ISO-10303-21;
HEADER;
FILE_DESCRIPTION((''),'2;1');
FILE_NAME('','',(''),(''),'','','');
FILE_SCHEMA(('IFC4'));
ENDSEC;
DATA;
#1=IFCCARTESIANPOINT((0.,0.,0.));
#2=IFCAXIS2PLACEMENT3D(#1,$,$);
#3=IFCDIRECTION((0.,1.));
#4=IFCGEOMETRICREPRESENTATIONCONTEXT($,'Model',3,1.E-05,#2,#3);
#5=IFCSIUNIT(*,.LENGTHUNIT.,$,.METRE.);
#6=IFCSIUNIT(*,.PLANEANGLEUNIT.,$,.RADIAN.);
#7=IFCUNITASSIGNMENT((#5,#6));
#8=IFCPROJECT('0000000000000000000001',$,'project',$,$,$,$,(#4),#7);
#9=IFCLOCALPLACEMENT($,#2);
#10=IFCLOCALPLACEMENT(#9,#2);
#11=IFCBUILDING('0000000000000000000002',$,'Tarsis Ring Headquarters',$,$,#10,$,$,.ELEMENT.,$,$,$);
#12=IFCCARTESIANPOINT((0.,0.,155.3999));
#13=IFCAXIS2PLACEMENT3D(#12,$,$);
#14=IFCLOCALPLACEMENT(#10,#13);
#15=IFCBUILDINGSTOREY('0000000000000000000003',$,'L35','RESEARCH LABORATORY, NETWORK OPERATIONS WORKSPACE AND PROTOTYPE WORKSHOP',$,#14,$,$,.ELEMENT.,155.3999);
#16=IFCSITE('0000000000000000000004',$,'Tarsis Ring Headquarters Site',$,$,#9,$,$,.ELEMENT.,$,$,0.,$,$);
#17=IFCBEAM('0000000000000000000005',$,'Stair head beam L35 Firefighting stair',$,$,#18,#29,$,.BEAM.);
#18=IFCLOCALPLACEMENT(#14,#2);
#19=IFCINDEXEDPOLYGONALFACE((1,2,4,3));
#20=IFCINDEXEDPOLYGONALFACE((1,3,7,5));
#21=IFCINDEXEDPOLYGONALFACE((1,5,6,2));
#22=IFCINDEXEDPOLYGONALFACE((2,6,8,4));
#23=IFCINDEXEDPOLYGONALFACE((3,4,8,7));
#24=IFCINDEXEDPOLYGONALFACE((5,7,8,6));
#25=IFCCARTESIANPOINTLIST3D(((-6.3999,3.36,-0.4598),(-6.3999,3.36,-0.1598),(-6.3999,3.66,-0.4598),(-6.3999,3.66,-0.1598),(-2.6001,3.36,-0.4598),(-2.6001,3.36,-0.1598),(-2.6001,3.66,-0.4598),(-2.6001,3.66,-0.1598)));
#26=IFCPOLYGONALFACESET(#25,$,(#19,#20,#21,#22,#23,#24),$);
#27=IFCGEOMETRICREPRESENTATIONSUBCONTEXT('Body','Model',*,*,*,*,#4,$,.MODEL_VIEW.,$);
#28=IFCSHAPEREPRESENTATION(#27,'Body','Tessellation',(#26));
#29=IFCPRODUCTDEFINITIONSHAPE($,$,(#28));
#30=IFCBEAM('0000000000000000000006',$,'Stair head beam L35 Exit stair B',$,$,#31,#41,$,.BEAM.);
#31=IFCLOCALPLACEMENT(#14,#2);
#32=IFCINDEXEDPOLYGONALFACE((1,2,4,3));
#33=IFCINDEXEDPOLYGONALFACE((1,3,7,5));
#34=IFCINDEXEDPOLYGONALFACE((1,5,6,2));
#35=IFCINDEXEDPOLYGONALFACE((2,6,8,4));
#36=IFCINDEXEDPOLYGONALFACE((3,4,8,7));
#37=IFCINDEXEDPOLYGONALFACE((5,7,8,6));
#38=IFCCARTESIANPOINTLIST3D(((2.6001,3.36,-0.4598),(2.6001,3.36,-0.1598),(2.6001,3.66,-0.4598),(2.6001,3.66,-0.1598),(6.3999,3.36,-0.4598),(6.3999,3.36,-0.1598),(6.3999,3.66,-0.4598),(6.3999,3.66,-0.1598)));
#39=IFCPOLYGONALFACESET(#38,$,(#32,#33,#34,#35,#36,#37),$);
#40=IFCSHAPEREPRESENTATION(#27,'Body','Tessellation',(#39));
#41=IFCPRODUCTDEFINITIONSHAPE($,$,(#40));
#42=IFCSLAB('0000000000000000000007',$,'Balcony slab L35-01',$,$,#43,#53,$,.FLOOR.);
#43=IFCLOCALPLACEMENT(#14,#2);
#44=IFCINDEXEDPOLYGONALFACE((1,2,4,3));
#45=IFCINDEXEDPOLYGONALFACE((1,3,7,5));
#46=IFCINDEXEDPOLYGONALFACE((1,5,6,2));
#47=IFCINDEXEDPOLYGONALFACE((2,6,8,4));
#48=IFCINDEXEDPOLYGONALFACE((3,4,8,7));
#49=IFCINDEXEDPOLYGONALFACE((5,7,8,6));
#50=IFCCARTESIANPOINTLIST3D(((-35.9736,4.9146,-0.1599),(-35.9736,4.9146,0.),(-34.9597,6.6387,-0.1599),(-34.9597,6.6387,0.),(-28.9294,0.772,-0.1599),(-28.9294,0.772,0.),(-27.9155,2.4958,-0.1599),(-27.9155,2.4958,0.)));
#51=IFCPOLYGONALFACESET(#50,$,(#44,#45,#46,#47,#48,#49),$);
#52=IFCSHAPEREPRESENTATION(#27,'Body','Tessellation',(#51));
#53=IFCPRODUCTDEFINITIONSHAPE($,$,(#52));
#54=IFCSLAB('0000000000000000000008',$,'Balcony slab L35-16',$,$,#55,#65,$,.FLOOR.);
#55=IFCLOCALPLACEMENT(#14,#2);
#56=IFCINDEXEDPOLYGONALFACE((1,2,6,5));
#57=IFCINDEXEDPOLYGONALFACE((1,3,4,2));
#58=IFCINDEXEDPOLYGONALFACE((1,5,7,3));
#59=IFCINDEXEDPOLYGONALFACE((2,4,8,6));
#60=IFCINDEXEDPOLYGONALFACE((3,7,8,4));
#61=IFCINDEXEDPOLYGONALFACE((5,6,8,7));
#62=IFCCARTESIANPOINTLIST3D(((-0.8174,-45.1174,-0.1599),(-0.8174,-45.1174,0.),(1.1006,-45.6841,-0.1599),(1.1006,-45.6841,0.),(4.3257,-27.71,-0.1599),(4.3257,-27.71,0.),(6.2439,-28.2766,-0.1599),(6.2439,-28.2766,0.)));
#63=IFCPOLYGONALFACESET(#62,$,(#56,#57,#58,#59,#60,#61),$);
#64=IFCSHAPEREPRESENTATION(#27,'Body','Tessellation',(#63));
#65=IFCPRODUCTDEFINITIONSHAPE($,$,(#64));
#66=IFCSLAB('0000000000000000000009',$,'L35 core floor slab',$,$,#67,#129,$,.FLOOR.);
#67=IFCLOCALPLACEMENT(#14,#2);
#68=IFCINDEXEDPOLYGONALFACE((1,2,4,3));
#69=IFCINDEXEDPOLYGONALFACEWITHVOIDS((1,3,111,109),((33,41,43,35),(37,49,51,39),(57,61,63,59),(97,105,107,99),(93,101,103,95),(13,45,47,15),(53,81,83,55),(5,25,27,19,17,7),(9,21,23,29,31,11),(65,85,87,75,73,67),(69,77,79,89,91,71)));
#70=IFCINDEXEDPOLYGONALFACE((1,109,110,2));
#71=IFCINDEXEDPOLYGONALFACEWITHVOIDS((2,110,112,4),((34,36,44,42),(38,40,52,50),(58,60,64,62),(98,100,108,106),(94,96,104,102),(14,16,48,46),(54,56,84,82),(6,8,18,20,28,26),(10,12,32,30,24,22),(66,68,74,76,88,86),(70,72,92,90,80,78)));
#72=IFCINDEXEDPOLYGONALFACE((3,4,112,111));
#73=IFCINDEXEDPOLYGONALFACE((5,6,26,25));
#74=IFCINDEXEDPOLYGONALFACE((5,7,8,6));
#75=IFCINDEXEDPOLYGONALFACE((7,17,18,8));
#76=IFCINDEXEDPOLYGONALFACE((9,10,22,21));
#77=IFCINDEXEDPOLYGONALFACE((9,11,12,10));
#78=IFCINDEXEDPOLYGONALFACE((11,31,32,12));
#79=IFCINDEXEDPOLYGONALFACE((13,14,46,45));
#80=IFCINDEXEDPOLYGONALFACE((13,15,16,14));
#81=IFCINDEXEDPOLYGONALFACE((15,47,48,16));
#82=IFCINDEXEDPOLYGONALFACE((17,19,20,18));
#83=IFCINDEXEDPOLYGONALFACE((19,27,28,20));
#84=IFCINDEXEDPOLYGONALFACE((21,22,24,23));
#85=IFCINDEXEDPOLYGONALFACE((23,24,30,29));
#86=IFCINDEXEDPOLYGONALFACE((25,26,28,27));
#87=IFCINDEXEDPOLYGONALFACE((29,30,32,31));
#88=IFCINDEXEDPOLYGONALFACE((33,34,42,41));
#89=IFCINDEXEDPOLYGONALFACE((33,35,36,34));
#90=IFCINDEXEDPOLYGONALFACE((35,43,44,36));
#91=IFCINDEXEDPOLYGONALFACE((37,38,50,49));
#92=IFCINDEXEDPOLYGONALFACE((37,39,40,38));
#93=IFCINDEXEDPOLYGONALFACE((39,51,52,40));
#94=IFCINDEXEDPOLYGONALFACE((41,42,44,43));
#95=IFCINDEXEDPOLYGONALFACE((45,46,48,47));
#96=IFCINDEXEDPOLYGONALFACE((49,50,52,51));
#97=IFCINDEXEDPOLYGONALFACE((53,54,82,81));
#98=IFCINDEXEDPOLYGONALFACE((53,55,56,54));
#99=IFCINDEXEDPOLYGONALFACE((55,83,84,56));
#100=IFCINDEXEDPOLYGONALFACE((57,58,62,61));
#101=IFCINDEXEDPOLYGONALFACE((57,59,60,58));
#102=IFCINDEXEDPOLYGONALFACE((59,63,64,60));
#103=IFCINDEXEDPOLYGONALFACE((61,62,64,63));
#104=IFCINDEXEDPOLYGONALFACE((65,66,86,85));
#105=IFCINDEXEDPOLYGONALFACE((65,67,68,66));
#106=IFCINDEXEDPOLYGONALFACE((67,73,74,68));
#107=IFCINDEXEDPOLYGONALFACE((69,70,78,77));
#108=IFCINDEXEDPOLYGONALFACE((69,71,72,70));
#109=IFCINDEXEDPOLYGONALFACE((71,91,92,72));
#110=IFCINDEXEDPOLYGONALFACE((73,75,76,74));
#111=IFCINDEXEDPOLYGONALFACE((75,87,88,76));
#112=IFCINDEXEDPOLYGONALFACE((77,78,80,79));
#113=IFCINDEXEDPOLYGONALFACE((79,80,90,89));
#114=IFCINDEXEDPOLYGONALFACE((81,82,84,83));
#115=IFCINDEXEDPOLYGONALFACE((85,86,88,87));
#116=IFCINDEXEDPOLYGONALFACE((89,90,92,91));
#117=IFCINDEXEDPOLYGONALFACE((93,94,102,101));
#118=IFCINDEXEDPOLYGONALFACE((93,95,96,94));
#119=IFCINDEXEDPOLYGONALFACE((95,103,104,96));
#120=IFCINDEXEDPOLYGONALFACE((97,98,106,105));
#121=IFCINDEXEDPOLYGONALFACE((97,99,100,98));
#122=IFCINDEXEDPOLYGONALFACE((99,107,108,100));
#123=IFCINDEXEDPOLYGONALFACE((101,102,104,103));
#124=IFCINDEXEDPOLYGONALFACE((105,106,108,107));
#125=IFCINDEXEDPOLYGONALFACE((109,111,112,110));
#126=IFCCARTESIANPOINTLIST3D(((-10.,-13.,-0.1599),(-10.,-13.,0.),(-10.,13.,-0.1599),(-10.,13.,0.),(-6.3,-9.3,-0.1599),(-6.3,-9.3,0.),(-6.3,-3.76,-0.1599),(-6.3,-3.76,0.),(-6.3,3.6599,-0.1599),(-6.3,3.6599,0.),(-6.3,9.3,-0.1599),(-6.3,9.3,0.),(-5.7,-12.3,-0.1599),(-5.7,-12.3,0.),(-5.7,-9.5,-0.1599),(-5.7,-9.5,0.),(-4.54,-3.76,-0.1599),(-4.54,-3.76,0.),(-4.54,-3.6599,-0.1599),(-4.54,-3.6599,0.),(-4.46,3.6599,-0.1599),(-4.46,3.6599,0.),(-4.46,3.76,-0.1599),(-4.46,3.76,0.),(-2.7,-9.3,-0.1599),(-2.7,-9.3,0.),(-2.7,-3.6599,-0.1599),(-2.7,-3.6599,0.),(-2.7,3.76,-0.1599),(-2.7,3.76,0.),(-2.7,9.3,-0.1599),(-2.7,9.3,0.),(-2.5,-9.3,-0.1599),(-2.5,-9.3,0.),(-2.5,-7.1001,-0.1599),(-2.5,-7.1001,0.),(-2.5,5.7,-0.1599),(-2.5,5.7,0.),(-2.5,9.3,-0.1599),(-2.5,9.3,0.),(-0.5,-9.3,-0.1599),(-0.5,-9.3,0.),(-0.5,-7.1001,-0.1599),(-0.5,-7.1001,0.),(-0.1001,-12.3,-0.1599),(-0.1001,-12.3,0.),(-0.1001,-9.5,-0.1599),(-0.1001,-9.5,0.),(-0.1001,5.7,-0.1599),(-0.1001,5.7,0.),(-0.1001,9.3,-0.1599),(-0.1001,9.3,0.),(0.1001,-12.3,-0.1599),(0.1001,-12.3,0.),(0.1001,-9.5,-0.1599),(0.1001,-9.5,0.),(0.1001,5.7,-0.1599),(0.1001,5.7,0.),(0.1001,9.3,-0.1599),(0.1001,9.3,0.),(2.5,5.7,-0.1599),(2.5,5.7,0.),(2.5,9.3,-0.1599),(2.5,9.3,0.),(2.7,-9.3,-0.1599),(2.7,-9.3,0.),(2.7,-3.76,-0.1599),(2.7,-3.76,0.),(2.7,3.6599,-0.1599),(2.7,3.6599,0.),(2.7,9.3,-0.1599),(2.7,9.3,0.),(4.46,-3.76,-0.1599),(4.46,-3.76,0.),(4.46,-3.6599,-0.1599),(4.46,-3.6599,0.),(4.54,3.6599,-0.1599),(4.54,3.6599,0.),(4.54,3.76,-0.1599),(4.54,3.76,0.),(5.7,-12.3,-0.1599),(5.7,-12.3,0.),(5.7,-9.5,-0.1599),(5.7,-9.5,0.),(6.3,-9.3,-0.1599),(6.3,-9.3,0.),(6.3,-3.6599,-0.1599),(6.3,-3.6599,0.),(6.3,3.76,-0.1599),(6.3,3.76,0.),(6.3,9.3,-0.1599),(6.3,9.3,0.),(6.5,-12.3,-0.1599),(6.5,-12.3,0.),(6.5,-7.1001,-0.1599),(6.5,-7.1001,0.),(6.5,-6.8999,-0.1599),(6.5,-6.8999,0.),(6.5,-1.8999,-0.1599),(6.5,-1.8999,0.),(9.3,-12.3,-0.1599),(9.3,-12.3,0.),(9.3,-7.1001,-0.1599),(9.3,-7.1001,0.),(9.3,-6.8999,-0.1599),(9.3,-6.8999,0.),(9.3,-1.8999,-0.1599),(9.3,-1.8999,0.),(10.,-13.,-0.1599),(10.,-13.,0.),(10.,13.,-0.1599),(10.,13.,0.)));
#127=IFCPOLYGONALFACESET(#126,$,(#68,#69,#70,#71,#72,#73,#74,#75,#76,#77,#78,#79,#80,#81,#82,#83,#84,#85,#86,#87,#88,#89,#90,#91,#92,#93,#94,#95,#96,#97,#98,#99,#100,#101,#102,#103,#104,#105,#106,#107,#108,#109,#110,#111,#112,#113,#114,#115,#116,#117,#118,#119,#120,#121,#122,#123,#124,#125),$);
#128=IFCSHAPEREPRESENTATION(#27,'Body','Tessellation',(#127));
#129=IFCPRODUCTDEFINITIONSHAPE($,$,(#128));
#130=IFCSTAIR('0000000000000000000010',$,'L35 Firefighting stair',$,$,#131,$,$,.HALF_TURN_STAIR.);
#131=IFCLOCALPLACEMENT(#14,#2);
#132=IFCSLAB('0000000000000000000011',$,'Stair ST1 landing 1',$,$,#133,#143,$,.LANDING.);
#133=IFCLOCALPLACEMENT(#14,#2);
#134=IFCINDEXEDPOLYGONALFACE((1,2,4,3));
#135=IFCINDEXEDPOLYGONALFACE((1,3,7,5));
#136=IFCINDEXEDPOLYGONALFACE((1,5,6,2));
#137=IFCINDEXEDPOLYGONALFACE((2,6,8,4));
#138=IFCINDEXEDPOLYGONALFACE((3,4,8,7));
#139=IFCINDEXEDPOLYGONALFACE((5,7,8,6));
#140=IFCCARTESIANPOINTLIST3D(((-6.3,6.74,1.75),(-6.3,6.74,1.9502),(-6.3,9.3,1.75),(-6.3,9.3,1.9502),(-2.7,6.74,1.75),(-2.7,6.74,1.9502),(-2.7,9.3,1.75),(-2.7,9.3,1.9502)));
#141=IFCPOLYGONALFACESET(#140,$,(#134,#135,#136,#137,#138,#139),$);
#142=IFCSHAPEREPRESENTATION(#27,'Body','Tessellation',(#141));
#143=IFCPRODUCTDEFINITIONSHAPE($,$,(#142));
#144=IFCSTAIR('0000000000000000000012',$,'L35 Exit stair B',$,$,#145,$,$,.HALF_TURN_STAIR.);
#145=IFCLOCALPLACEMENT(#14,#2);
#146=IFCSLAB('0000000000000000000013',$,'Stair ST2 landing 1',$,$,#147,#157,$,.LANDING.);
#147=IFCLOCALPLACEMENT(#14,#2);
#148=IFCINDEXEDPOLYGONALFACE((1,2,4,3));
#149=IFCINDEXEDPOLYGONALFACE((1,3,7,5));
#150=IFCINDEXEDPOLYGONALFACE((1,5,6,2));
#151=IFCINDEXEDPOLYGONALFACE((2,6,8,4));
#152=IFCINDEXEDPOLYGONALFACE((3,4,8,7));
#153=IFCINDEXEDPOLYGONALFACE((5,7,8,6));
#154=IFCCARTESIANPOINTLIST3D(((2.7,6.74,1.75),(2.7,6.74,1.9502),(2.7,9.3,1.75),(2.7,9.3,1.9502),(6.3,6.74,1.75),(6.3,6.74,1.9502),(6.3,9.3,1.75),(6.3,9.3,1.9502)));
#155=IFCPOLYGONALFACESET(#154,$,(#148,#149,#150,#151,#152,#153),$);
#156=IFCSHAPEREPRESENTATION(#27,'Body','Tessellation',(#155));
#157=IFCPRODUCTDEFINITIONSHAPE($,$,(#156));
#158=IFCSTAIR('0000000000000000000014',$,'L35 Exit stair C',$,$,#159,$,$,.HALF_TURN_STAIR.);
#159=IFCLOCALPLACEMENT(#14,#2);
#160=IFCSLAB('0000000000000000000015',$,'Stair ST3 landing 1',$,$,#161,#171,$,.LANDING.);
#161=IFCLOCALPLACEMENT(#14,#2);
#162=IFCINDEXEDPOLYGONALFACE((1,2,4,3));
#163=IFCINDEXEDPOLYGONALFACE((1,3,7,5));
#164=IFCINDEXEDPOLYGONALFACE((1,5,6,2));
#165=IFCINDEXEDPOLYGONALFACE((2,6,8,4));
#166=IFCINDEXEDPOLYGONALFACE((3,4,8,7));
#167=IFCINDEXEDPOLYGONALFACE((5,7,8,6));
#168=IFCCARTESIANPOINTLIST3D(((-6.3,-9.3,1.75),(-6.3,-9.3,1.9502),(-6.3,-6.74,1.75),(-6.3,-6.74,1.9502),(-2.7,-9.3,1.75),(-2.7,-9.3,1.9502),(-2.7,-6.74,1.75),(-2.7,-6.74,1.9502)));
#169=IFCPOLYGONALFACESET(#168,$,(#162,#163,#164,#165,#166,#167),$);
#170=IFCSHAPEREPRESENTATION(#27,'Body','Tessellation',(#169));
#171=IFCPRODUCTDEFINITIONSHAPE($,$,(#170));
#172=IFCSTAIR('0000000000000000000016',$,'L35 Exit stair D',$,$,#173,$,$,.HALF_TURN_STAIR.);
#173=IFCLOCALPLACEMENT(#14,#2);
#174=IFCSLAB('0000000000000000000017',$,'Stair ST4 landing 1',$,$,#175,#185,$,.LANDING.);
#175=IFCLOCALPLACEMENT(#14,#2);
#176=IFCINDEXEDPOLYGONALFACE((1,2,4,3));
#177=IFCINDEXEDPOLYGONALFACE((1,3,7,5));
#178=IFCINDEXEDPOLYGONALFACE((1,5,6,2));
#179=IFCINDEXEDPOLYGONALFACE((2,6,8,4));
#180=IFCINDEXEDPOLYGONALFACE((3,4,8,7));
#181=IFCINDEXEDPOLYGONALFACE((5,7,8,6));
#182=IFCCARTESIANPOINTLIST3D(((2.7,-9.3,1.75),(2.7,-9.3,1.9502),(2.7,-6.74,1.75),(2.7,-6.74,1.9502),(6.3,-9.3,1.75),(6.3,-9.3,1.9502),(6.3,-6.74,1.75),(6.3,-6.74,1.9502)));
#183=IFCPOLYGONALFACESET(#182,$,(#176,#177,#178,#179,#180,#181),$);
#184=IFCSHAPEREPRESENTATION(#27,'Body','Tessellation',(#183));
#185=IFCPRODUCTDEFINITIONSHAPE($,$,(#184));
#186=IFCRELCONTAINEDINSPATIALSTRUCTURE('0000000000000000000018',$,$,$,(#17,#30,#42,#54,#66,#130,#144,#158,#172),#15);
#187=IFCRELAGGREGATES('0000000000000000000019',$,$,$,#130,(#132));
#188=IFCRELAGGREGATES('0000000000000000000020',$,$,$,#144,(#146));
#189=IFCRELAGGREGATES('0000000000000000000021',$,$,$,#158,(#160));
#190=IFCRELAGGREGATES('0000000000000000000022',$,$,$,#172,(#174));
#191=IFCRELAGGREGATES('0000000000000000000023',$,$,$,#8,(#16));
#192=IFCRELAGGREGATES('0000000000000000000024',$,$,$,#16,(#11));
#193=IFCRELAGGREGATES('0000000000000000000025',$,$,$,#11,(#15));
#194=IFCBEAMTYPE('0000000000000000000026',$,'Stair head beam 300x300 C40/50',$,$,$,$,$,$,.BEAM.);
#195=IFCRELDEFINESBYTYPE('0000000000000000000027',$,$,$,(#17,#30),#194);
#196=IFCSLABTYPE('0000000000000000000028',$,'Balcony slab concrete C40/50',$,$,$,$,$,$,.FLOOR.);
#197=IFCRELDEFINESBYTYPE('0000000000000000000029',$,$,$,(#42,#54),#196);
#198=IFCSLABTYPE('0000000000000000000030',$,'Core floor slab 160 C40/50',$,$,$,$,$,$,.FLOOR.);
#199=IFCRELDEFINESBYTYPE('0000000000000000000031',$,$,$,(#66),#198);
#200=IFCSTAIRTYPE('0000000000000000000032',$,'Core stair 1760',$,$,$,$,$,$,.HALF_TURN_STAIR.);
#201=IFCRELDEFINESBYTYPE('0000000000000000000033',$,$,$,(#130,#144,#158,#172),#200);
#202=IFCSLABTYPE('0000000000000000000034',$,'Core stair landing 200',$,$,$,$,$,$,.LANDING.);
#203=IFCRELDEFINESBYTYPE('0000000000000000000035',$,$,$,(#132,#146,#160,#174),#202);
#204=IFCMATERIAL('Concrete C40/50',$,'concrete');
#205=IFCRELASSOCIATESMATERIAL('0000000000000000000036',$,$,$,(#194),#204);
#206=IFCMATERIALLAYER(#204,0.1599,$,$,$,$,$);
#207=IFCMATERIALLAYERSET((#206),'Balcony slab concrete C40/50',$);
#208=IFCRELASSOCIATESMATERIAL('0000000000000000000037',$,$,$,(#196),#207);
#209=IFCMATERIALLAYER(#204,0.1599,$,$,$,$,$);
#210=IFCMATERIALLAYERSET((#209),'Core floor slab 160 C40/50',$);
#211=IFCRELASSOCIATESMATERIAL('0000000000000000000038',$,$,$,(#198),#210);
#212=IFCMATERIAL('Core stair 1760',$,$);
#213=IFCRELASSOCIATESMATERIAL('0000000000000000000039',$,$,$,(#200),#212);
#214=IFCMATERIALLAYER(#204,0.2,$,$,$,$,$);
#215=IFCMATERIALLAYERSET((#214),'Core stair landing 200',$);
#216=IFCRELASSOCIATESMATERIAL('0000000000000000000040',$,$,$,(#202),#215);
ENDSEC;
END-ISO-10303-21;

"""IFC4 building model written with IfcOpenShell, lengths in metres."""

from ifc_helpers import new_model, si_unit, direction, frame, origin, origin_2d, place, context, subcontext, project, spatial, polyline, rectangle, outline, extrude, material, layer, layer_set, material_profile, profile_set, type_object, element, aggregate, save


model = new_model("IFC4")

# Units and contexts
model_context = context("Model", 3, precision=1e-05, world=origin(), true_north=direction((0.0, 1.0)))
body_context = subcontext(model_context, "Body", "Model", "MODEL_VIEW")
ifc_project = project(units=[si_unit("LENGTHUNIT", "METRE"), si_unit("PLANEANGLEUNIT", "RADIAN")], contexts=[model_context])

# Site, building, storey
site_placement = place(None, origin())
site = spatial("IfcSite", under=ifc_project, at=site_placement, Name="Tarsis Ring Headquarters Site", CompositionType="ELEMENT", RefElevation=0.0)
building_placement = place(site_placement, origin())
building = spatial("IfcBuilding", under=site, at=building_placement, Name="Tarsis Ring Headquarters", CompositionType="ELEMENT")
storey_placement = place(building_placement, frame((0.0, 0.0, 155.3999)))
storey = spatial("IfcBuildingStorey", under=building, at=storey_placement, Name="L35", Description="RESEARCH LABORATORY, NETWORK OPERATIONS WORKSPACE AND PROTOTYPE WORKSHOP", CompositionType="ELEMENT", Elevation=155.3999)

# Beams
ifc_material_1 = material(Name="Concrete C40/50", Category="concrete")
ifc_material_profile = material_profile(ifc_material_1, rectangle(XDim=0.3, YDim=0.3, at=origin_2d()), Name="Stair head beam 300x300 C40/50")
ifc_profile_set = profile_set([ifc_material_profile], Name="Concrete C40/50")
beam_type = type_object("IfcBeamType", Name="Stair head beam 300x300 C40/50", PredefinedType="BEAM", material=ifc_profile_set)
for number, where, z_axis, x_axis, name in (
    (1, (-6.3999, 3.51, -0.3098), (1.0, 0.0, 0.0), (0.0, 1.0, 0.0), "Stair head beam L35 Firefighting stair"),
    (2, (2.6001, 3.51, -0.3098), (1.0, 0.0, 0.0), (0.0, 1.0, 0.0), "Stair head beam L35 Exit stair B"),
):
    element("IfcBeam", number, at=place(storey_placement, frame(where, z_axis=z_axis, x_axis=x_axis)), inside=storey, type_object=beam_type, Name=name, PredefinedType="BEAM", context=body_context, shape_type="SweptSolid", body=[
        extrude(rectangle(XDim=0.3, YDim=0.3, at=origin_2d()), origin(), (0.0, 0.0, 1.0), 3.7998),
    ])

# Slabs
ifc_layer_1 = layer(ifc_material_1, 0.1599)
ifc_layer_set_1 = layer_set([ifc_layer_1], Name="Balcony slab concrete C40/50")
slab_type_1 = type_object("IfcSlabType", Name="Balcony slab concrete C40/50", PredefinedType="FLOOR", material=ifc_layer_set_1)
slab_1_placement = place(storey_placement, frame((0.0, 0.0, -0.1599)))
element("IfcSlab", 3, at=slab_1_placement, inside=storey, type_object=slab_type_1, Name="Balcony slab L35-01", PredefinedType="FLOOR", context=body_context, shape_type="SweptSolid", body=[
    extrude(outline(polyline([(-34.9597, 6.6387), (-35.9736, 4.9146), (-28.9294, 0.772), (-27.9155, 2.4958), (-34.9597, 6.6387)])), origin(), (0.0, 0.0, 1.0), 0.1599),
])
slab_2_placement = place(storey_placement, frame((0.0, 0.0, -0.1599)))
element("IfcSlab", 4, at=slab_2_placement, inside=storey, type_object=slab_type_1, Name="Balcony slab L35-16", PredefinedType="FLOOR", context=body_context, shape_type="SweptSolid", body=[
    extrude(outline(polyline([(-0.8174, -45.1174), (1.1006, -45.6841), (6.2439, -28.2766), (4.3257, -27.71), (-0.8174, -45.1174)])), origin(), (0.0, 0.0, 1.0), 0.1599),
])
ifc_layer_2 = layer(ifc_material_1, 0.1599)
ifc_layer_set_2 = layer_set([ifc_layer_2], Name="Core floor slab 160 C40/50")
slab_type_2 = type_object("IfcSlabType", Name="Core floor slab 160 C40/50", PredefinedType="FLOOR", material=ifc_layer_set_2)
slab_3_placement = place(storey_placement, frame((0.0, 0.0, -0.1599)))
element("IfcSlab", 5, at=slab_3_placement, inside=storey, type_object=slab_type_2, Name="L35 core floor slab", PredefinedType="FLOOR", context=body_context, shape_type="SweptSolid", body=[
    extrude(outline(polyline([(-10.0, -13.0), (10.0, -13.0), (10.0, 13.0), (-10.0, 13.0), (-10.0, -13.0)]), holes=[polyline([(-2.5, 5.7), (-0.1001, 5.7), (-0.1001, 9.3), (-2.5, 9.3), (-2.5, 5.7)]), polyline([(0.1001, 5.7), (2.5, 5.7), (2.5, 9.3), (0.1001, 9.3), (0.1001, 5.7)]), polyline([(6.5, -12.3), (9.3, -12.3), (9.3, -7.1001), (6.5, -7.1001), (6.5, -12.3)]), polyline([(6.5, -6.8999), (9.3, -6.8999), (9.3, -1.8999), (6.5, -1.8999), (6.5, -6.8999)]), polyline([(-5.7, -12.3), (-0.1001, -12.3), (-0.1001, -9.5), (-5.7, -9.5), (-5.7, -12.3)]), polyline([(0.1001, -12.3), (5.7, -12.3), (5.7, -9.5), (0.1001, -9.5), (0.1001, -12.3)]), polyline([(-2.5, -9.3), (-0.5, -9.3), (-0.5, -7.1001), (-2.5, -7.1001), (-2.5, -9.3)]), polyline([(-2.7, 3.76), (-2.7, 9.3), (-6.3, 9.3), (-6.3, 3.6599), (-4.46, 3.6599), (-4.46, 3.76), (-2.7, 3.76)]), polyline([(6.3, 3.76), (6.3, 9.3), (2.7, 9.3), (2.7, 3.6599), (4.54, 3.6599), (4.54, 3.76), (6.3, 3.76)]), polyline([(-6.3, -3.76), (-6.3, -9.3), (-2.7, -9.3), (-2.7, -3.6599), (-4.54, -3.6599), (-4.54, -3.76), (-6.3, -3.76)]), polyline([(2.7, -3.76), (2.7, -9.3), (6.3, -9.3), (6.3, -3.6599), (4.46, -3.6599), (4.46, -3.76), (2.7, -3.76)])]), origin(), (0.0, 0.0, 1.0), 0.1599),
])

# Stairs, slabs
ifc_material_2 = material(Name="Core stair 1760")
stair_type = type_object("IfcStairType", Name="Core stair 1760", PredefinedType="HALF_TURN_STAIR", material=ifc_material_2)
stair_1_placement = place(storey_placement, origin())
stair_1 = element("IfcStair", 6, at=stair_1_placement, inside=storey, type_object=stair_type, Name="L35 Firefighting stair", PredefinedType="HALF_TURN_STAIR")
ifc_layer_3 = layer(ifc_material_1, 0.2)
ifc_layer_set_3 = layer_set([ifc_layer_3], Name="Core stair landing 200")
slab_type_3 = type_object("IfcSlabType", Name="Core stair landing 200", PredefinedType="LANDING", material=ifc_layer_set_3)
slab_4_placement = place(storey_placement, frame((0.0, 0.0, 1.75)))
slab_4 = element("IfcSlab", 7, at=slab_4_placement, type_object=slab_type_3, Name="Stair ST1 landing 1", PredefinedType="LANDING", context=body_context, shape_type="SweptSolid", body=[
    extrude(outline(polyline([(-2.7, 6.74), (-2.7, 9.3), (-6.3, 9.3), (-6.3, 6.74), (-2.7, 6.74)])), origin(), (0.0, 0.0, 1.0), 0.2002),
])
aggregate(stair_1, [slab_4])
stair_2_placement = place(storey_placement, origin())
stair_2 = element("IfcStair", 8, at=stair_2_placement, inside=storey, type_object=stair_type, Name="L35 Exit stair B", PredefinedType="HALF_TURN_STAIR")
slab_5_placement = place(storey_placement, frame((0.0, 0.0, 1.75)))
slab_5 = element("IfcSlab", 9, at=slab_5_placement, type_object=slab_type_3, Name="Stair ST2 landing 1", PredefinedType="LANDING", context=body_context, shape_type="SweptSolid", body=[
    extrude(outline(polyline([(6.3, 6.74), (6.3, 9.3), (2.7, 9.3), (2.7, 6.74), (6.3, 6.74)])), origin(), (0.0, 0.0, 1.0), 0.2002),
])
aggregate(stair_2, [slab_5])
stair_3_placement = place(storey_placement, origin())
stair_3 = element("IfcStair", 10, at=stair_3_placement, inside=storey, type_object=stair_type, Name="L35 Exit stair C", PredefinedType="HALF_TURN_STAIR")
slab_6_placement = place(storey_placement, frame((0.0, 0.0, 1.75)))
slab_6 = element("IfcSlab", 11, at=slab_6_placement, type_object=slab_type_3, Name="Stair ST3 landing 1", PredefinedType="LANDING", context=body_context, shape_type="SweptSolid", body=[
    extrude(outline(polyline([(-6.3, -6.74), (-6.3, -9.3), (-2.7, -9.3), (-2.7, -6.74), (-6.3, -6.74)])), origin(), (0.0, 0.0, 1.0), 0.2002),
])
aggregate(stair_3, [slab_6])
stair_4_placement = place(storey_placement, origin())
stair_4 = element("IfcStair", 12, at=stair_4_placement, inside=storey, type_object=stair_type, Name="L35 Exit stair D", PredefinedType="HALF_TURN_STAIR")
slab_7_placement = place(storey_placement, frame((0.0, 0.0, 1.75)))
slab_7 = element("IfcSlab", 13, at=slab_7_placement, type_object=slab_type_3, Name="Stair ST4 landing 1", PredefinedType="LANDING", context=body_context, shape_type="SweptSolid", body=[
    extrude(outline(polyline([(2.7, -6.74), (2.7, -9.3), (6.3, -9.3), (6.3, -6.74), (2.7, -6.74)])), origin(), (0.0, 0.0, 1.0), 0.2002),
])
aggregate(stair_4, [slab_7])

save(model, "model.ifc")
